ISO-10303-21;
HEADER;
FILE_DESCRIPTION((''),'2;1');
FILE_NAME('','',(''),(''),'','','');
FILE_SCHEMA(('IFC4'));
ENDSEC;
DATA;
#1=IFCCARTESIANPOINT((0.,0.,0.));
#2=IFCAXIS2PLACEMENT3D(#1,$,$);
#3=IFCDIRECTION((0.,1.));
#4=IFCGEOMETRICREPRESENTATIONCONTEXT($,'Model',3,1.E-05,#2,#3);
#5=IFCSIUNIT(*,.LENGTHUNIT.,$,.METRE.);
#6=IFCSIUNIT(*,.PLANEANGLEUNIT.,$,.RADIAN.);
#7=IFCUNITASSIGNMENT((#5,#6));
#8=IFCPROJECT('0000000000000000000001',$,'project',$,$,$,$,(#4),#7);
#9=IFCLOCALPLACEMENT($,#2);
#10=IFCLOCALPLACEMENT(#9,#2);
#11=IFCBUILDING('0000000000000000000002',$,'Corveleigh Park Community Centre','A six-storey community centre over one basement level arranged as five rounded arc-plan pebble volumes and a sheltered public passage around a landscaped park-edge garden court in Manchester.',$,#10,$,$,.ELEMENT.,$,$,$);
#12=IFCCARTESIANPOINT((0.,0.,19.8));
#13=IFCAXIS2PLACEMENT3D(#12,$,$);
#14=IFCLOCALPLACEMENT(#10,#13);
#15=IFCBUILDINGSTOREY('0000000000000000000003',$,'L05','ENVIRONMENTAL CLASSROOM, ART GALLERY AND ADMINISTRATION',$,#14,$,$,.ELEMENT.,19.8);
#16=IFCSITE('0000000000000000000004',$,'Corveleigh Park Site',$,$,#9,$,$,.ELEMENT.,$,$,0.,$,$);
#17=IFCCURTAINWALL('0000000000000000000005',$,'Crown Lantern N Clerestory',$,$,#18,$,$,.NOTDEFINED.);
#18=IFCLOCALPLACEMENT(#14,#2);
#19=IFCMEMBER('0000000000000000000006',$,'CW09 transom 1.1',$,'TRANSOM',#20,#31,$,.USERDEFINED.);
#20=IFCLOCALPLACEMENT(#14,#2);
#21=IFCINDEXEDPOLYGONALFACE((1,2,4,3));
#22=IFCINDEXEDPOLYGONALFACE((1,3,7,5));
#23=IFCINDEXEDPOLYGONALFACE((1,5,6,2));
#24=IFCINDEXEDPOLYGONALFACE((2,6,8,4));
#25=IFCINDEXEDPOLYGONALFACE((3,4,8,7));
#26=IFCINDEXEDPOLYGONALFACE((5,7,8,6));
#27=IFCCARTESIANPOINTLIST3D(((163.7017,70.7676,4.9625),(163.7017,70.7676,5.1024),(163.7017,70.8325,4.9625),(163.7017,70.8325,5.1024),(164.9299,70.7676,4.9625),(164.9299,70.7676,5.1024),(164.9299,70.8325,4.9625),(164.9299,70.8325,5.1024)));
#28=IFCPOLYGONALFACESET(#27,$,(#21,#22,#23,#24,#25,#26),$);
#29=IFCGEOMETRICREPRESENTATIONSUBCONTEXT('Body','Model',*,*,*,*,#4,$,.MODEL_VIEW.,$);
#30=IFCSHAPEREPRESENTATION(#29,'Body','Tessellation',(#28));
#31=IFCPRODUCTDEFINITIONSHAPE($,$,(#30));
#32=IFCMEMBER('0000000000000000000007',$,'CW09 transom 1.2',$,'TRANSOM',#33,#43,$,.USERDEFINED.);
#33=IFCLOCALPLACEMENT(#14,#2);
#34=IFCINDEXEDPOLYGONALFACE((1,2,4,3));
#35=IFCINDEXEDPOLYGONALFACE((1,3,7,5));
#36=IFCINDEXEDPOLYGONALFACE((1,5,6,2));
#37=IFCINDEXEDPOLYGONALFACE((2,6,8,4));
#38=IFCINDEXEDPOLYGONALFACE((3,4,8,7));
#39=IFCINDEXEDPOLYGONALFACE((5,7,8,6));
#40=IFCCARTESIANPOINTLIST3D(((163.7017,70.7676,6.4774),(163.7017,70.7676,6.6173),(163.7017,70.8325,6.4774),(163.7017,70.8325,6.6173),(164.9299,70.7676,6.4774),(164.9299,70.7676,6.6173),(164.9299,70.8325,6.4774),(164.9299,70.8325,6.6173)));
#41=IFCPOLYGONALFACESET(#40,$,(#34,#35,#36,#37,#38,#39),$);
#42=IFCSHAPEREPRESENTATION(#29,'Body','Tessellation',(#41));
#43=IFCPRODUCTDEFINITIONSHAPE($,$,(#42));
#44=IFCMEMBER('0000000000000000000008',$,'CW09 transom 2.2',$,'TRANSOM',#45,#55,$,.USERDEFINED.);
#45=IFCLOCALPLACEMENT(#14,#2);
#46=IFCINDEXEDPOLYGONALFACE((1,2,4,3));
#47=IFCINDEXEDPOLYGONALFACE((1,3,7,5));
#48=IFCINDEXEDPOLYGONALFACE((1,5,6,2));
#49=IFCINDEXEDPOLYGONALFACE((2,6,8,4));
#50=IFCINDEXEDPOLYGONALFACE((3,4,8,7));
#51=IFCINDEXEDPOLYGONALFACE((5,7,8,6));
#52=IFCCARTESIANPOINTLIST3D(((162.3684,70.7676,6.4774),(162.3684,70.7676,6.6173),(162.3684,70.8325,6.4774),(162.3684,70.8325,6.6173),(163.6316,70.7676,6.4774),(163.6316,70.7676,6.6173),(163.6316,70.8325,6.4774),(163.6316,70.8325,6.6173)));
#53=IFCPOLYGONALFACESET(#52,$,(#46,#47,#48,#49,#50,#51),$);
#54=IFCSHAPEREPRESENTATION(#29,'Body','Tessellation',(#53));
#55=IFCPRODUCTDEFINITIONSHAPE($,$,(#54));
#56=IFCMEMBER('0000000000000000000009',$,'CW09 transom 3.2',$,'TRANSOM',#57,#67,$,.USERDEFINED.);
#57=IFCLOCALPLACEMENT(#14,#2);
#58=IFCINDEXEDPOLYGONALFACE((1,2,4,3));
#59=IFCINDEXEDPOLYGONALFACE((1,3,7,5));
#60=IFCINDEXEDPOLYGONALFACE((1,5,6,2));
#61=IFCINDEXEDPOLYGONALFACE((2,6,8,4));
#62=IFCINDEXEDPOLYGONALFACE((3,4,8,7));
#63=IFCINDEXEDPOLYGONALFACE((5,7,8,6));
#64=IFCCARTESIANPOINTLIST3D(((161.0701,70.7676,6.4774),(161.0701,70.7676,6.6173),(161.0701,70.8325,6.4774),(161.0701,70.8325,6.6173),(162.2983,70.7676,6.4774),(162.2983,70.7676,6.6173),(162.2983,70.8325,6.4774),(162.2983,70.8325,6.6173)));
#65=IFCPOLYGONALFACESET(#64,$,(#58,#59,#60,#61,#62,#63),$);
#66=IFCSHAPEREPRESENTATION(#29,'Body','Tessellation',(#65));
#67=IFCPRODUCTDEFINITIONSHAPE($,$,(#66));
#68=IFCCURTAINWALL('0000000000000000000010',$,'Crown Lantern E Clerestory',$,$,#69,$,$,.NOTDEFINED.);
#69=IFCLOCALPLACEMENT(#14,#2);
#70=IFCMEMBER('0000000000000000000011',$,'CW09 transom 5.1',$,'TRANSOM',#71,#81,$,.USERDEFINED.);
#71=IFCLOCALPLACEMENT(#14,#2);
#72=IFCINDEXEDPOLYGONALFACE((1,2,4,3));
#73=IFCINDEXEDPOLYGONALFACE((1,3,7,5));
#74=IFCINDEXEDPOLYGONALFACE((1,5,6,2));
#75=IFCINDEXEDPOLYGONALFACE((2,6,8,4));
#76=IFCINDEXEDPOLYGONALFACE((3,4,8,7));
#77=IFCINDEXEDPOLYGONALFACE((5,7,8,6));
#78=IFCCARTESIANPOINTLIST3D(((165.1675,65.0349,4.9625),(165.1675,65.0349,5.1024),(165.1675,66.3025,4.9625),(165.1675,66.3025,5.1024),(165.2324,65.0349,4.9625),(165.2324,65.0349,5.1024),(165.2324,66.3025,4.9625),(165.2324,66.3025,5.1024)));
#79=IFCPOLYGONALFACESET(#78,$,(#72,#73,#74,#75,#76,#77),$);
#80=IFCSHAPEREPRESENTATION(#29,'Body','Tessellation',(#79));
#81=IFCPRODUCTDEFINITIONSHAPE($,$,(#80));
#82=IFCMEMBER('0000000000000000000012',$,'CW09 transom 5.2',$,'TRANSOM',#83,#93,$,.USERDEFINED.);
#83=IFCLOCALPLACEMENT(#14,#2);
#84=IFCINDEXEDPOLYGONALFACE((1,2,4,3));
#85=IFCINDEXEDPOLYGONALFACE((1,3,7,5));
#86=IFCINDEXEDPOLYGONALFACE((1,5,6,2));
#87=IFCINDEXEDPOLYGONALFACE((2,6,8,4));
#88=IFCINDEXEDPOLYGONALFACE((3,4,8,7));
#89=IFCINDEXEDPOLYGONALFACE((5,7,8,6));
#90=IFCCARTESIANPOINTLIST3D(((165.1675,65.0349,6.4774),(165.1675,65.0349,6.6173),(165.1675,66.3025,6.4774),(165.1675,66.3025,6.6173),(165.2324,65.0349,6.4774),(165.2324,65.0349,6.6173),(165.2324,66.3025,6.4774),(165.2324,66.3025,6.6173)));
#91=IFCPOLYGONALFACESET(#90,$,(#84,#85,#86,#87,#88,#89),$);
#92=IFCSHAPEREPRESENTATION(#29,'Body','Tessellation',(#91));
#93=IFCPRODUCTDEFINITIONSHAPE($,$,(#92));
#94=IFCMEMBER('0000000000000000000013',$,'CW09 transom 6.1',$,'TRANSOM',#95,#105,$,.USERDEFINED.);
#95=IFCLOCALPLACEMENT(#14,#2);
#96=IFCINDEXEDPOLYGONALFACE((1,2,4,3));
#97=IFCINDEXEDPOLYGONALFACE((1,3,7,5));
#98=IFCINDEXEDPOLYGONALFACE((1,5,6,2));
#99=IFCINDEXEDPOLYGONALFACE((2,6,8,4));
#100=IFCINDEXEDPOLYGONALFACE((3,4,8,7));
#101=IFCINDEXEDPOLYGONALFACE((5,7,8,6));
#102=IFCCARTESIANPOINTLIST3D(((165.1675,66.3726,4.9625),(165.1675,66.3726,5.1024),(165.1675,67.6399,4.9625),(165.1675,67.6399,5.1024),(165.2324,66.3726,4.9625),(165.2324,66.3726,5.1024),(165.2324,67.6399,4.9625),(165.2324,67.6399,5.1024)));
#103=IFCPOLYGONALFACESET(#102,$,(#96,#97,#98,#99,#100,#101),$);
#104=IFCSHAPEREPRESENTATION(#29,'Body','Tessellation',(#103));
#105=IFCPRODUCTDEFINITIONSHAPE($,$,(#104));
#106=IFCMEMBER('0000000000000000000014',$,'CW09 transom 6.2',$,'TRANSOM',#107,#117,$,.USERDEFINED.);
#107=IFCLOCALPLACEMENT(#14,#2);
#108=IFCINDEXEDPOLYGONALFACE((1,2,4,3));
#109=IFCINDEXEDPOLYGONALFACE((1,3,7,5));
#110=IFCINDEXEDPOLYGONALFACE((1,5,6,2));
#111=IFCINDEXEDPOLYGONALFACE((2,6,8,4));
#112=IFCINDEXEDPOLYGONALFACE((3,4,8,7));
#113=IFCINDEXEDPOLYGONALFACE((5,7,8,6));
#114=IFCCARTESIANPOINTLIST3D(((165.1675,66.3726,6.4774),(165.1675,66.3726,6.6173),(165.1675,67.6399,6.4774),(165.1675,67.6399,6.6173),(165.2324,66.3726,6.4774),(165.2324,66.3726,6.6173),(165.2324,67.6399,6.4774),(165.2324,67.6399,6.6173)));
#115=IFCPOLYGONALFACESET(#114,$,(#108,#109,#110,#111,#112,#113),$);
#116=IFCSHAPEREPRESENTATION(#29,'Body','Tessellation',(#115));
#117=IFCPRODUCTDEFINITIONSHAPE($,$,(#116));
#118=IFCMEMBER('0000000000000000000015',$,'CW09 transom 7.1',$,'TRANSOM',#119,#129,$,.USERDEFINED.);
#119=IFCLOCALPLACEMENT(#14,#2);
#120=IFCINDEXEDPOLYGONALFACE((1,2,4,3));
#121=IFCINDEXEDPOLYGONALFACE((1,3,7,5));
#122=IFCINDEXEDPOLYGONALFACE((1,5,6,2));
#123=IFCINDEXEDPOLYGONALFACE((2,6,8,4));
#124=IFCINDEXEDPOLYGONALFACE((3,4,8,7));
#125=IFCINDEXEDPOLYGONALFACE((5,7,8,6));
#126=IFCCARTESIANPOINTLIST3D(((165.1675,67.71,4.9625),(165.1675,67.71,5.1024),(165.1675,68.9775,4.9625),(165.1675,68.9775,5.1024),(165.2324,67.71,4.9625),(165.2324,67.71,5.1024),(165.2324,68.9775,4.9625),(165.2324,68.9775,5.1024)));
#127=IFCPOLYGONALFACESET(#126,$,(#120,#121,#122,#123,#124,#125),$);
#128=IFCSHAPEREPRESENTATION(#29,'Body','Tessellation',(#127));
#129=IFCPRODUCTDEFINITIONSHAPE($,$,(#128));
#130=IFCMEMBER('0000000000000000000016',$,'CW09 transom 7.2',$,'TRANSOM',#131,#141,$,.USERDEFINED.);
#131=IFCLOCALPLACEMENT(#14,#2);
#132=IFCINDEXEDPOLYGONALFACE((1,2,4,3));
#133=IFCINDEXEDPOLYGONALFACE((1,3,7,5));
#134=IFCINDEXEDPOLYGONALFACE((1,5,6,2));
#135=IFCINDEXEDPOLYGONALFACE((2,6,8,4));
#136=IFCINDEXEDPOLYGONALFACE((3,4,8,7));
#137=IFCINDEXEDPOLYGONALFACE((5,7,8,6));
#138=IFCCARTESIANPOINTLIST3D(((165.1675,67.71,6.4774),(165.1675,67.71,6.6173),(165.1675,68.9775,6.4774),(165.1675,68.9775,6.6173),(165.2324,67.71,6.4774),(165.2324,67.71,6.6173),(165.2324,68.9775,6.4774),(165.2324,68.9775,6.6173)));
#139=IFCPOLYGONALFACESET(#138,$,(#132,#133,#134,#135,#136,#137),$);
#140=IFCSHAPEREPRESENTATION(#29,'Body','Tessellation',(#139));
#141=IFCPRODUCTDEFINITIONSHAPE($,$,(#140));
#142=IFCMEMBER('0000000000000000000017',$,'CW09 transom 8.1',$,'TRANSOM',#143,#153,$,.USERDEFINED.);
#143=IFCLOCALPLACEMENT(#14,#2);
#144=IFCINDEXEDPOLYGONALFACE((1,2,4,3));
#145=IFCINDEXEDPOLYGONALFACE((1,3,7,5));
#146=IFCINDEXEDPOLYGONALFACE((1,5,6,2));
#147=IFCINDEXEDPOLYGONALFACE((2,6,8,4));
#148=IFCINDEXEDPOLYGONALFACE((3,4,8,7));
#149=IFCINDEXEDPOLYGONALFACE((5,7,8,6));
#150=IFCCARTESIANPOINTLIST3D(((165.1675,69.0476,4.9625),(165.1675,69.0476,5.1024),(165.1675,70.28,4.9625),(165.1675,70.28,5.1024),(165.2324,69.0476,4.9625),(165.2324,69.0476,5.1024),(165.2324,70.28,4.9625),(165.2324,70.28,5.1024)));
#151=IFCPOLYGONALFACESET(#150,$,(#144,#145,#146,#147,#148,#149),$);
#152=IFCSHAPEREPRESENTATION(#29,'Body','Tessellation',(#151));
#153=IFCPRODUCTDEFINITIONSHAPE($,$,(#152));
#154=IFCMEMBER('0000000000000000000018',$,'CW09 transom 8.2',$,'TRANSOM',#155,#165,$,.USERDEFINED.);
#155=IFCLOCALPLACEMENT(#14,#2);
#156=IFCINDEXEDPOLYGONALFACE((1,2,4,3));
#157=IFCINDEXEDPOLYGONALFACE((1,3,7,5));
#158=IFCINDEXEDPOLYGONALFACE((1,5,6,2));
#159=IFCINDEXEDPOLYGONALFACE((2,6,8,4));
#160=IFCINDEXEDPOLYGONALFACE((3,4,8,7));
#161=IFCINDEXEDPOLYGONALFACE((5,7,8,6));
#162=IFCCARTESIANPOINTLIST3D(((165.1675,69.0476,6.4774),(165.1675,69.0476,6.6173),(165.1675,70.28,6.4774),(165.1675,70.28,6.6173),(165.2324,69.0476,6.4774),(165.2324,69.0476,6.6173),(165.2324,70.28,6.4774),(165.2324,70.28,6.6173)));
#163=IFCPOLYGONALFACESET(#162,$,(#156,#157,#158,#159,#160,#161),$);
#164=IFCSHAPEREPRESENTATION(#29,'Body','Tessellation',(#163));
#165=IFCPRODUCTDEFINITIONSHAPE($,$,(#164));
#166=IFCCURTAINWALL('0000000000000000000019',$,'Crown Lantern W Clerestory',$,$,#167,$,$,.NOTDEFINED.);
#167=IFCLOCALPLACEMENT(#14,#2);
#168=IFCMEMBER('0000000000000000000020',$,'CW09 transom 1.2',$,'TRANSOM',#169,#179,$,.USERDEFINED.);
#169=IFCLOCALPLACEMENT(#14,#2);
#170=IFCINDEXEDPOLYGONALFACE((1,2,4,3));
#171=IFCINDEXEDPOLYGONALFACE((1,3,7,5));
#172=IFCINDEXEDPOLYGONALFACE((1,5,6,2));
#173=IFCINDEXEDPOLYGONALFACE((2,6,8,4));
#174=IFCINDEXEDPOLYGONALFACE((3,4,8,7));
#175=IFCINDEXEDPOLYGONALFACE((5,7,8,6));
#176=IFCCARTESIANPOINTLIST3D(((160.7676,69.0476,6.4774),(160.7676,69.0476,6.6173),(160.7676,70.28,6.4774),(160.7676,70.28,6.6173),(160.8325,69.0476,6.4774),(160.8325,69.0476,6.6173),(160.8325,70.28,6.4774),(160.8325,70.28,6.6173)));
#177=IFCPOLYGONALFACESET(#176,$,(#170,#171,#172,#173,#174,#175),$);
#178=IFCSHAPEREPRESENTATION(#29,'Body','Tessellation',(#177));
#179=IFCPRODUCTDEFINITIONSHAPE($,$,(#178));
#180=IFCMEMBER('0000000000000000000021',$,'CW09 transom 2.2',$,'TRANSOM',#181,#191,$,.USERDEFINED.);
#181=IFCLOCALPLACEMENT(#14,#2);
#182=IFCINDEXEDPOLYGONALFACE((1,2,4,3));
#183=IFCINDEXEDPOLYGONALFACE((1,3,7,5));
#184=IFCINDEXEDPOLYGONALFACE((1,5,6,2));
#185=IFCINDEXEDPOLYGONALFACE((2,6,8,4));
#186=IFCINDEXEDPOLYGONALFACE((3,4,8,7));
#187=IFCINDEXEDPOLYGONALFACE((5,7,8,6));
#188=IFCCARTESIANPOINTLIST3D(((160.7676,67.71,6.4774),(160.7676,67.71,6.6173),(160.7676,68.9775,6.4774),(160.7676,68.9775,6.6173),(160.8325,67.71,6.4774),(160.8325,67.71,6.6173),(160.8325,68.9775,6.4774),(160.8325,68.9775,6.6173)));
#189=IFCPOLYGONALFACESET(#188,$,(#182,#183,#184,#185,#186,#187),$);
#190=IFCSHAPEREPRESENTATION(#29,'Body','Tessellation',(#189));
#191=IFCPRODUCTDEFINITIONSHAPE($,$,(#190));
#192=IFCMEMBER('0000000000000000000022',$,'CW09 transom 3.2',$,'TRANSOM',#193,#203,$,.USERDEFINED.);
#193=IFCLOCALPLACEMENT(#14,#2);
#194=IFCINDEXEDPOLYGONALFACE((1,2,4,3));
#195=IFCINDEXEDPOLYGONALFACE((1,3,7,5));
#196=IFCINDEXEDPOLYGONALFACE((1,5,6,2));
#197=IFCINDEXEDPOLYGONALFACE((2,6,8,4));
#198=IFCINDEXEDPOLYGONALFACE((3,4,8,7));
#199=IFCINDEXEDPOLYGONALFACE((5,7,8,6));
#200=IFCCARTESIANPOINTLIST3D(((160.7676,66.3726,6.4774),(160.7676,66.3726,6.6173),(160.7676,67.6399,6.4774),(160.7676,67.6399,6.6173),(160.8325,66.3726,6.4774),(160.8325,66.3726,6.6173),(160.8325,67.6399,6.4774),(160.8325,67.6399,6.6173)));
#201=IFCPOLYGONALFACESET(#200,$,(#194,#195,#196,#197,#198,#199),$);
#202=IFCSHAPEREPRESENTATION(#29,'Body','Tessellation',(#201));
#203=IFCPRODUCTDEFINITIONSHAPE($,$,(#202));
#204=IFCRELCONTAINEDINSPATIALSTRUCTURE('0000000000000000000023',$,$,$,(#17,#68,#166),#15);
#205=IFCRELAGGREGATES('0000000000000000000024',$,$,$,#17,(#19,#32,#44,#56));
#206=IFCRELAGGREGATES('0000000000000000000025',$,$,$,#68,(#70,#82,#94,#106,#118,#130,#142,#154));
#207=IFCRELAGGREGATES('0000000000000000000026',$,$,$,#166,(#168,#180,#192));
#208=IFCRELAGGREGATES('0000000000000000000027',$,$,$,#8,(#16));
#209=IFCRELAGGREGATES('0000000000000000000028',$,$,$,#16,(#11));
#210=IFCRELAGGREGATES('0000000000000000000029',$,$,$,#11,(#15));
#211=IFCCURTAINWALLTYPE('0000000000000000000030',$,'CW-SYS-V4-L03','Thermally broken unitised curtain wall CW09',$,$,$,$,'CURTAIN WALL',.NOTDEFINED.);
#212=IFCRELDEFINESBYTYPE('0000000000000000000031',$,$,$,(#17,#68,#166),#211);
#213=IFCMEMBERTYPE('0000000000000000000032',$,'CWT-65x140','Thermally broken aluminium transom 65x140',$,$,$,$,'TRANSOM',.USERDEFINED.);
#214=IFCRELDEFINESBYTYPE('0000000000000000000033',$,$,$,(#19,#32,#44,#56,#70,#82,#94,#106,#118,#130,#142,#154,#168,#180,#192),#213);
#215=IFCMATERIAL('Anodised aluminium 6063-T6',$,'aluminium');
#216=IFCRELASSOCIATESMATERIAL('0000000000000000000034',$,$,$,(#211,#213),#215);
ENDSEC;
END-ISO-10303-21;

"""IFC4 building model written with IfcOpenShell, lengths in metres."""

from ifc_helpers import new_model, si_unit, direction, frame, origin, origin_2d, place, context, subcontext, project, spatial, rectangle, extrude, material, material_profile, profile_set, type_object, element, aggregate, save


model = new_model("IFC4")

# Units and contexts
model_context = context("Model", 3, precision=1e-05, world=origin(), true_north=direction((0.0, 1.0)))
body_context = subcontext(model_context, "Body", "Model", "MODEL_VIEW")
ifc_project = project(units=[si_unit("LENGTHUNIT", "METRE"), si_unit("PLANEANGLEUNIT", "RADIAN")], contexts=[model_context])

# Site, building, storey
site_placement = place(None, origin())
site = spatial("IfcSite", under=ifc_project, at=site_placement, Name="Corveleigh Park Site", CompositionType="ELEMENT", RefElevation=0.0)
building_placement = place(site_placement, origin())
building = spatial("IfcBuilding", under=site, at=building_placement, Name="Corveleigh Park Community Centre", Description="A six-storey community centre over one basement level arranged as five rounded arc-plan pebble volumes and a sheltered public passage around a landscaped park-edge garden court in Manchester.", CompositionType="ELEMENT")
storey_placement = place(building_placement, frame((0.0, 0.0, 19.8)))
storey = spatial("IfcBuildingStorey", under=building, at=storey_placement, Name="L05", Description="ENVIRONMENTAL CLASSROOM, ART GALLERY AND ADMINISTRATION", CompositionType="ELEMENT", Elevation=19.8)

# Curtain walls, members
ifc_material_1 = material(Name="Anodised aluminium 6063-T6", Category="aluminium")
curtain_wall_type = type_object("IfcCurtainWallType", Name="CW-SYS-V4-L03", Description="Thermally broken unitised curtain wall CW09", ElementType="CURTAIN WALL", PredefinedType="NOTDEFINED", material=ifc_material_1)
curtain_wall_1_placement = place(storey_placement, origin())
curtain_wall_1 = element("IfcCurtainWall", 1, at=curtain_wall_1_placement, inside=storey, type_object=curtain_wall_type, Name="Crown Lantern N Clerestory", PredefinedType="NOTDEFINED")
ifc_material_profile = material_profile(ifc_material_1, rectangle(XDim=0.0649, YDim=0.1399, at=origin_2d()), Name="ALU-T65x140", Category="aluminium")
ifc_profile_set = profile_set([ifc_material_profile], Name="Anodised aluminium 6063-T6")
member_type = type_object("IfcMemberType", Name="CWT-65x140", Description="Thermally broken aluminium transom 65x140", ElementType="TRANSOM", PredefinedType="USERDEFINED", material=ifc_profile_set)
member_1_placement = place(storey_placement, frame((164.9299, 70.8, 5.0325), z_axis=(-1.0, 0.0, 0.0), x_axis=(0.0, -1.0, 0.0)))
member_1 = element("IfcMember", 2, at=member_1_placement, type_object=member_type, Name="CW09 transom 1.1", ObjectType="TRANSOM", PredefinedType="USERDEFINED", context=body_context, shape_type="SweptSolid", body=[
    extrude(rectangle(XDim=0.0649, YDim=0.1399, at=origin_2d()), origin(), (0.0, 0.0, 1.0), 1.2283),
])
member_2_placement = place(storey_placement, frame((164.9299, 70.8, 6.5474), z_axis=(-1.0, 0.0, 0.0), x_axis=(0.0, -1.0, 0.0)))
member_2 = element("IfcMember", 3, at=member_2_placement, type_object=member_type, Name="CW09 transom 1.2", ObjectType="TRANSOM", PredefinedType="USERDEFINED", context=body_context, shape_type="SweptSolid", body=[
    extrude(rectangle(XDim=0.0649, YDim=0.1399, at=origin_2d()), origin(), (0.0, 0.0, 1.0), 1.2283),
])
member_3_placement = place(storey_placement, frame((163.6316, 70.8, 6.5474), z_axis=(-1.0, 0.0, 0.0), x_axis=(0.0, -1.0, 0.0)))
member_3 = element("IfcMember", 4, at=member_3_placement, type_object=member_type, Name="CW09 transom 2.2", ObjectType="TRANSOM", PredefinedType="USERDEFINED", context=body_context, shape_type="SweptSolid", body=[
    extrude(rectangle(XDim=0.0649, YDim=0.1399, at=origin_2d()), origin(), (0.0, 0.0, 1.0), 1.2632),
])
member_4_placement = place(storey_placement, frame((162.2983, 70.8, 6.5474), z_axis=(-1.0, 0.0, 0.0), x_axis=(0.0, -1.0, 0.0)))
member_4 = element("IfcMember", 5, at=member_4_placement, type_object=member_type, Name="CW09 transom 3.2", ObjectType="TRANSOM", PredefinedType="USERDEFINED", context=body_context, shape_type="SweptSolid", body=[
    extrude(rectangle(XDim=0.0649, YDim=0.1399, at=origin_2d()), origin(), (0.0, 0.0, 1.0), 1.2283),
])
curtain_wall_2_placement = place(storey_placement, origin())
curtain_wall_2 = element("IfcCurtainWall", 6, at=curtain_wall_2_placement, inside=storey, type_object=curtain_wall_type, Name="Crown Lantern E Clerestory", PredefinedType="NOTDEFINED")
member_5_placement = place(storey_placement, frame((165.2, 65.0349, 5.0325), z_axis=(0.0, 1.0, 0.0), x_axis=(-1.0, 0.0, 0.0)))
member_5 = element("IfcMember", 7, at=member_5_placement, type_object=member_type, Name="CW09 transom 5.1", ObjectType="TRANSOM", PredefinedType="USERDEFINED", context=body_context, shape_type="SweptSolid", body=[
    extrude(rectangle(XDim=0.0649, YDim=0.1399, at=origin_2d()), origin(), (0.0, 0.0, 1.0), 1.2676),
])
member_6_placement = place(storey_placement, frame((165.2, 65.0349, 6.5474), z_axis=(0.0, 1.0, 0.0), x_axis=(-1.0, 0.0, 0.0)))
member_6 = element("IfcMember", 8, at=member_6_placement, type_object=member_type, Name="CW09 transom 5.2", ObjectType="TRANSOM", PredefinedType="USERDEFINED", context=body_context, shape_type="SweptSolid", body=[
    extrude(rectangle(XDim=0.0649, YDim=0.1399, at=origin_2d()), origin(), (0.0, 0.0, 1.0), 1.2676),
])
member_7_placement = place(storey_placement, frame((165.2, 66.3726, 5.0325), z_axis=(0.0, 1.0, 0.0), x_axis=(-1.0, 0.0, 0.0)))
member_7 = element("IfcMember", 9, at=member_7_placement, type_object=member_type, Name="CW09 transom 6.1", ObjectType="TRANSOM", PredefinedType="USERDEFINED", context=body_context, shape_type="SweptSolid", body=[
    extrude(rectangle(XDim=0.0649, YDim=0.1399, at=origin_2d()), origin(), (0.0, 0.0, 1.0), 1.2673),
])
member_8_placement = place(storey_placement, frame((165.2, 66.3726, 6.5474), z_axis=(0.0, 1.0, 0.0), x_axis=(-1.0, 0.0, 0.0)))
member_8 = element("IfcMember", 10, at=member_8_placement, type_object=member_type, Name="CW09 transom 6.2", ObjectType="TRANSOM", PredefinedType="USERDEFINED", context=body_context, shape_type="SweptSolid", body=[
    extrude(rectangle(XDim=0.0649, YDim=0.1399, at=origin_2d()), origin(), (0.0, 0.0, 1.0), 1.2673),
])
member_9_placement = place(storey_placement, frame((165.2, 67.71, 5.0325), z_axis=(0.0, 1.0, 0.0), x_axis=(-1.0, 0.0, 0.0)))
member_9 = element("IfcMember", 11, at=member_9_placement, type_object=member_type, Name="CW09 transom 7.1", ObjectType="TRANSOM", PredefinedType="USERDEFINED", context=body_context, shape_type="SweptSolid", body=[
    extrude(rectangle(XDim=0.0649, YDim=0.1399, at=origin_2d()), origin(), (0.0, 0.0, 1.0), 1.2676),
])
member_10_placement = place(storey_placement, frame((165.2, 67.71, 6.5474), z_axis=(0.0, 1.0, 0.0), x_axis=(-1.0, 0.0, 0.0)))
member_10 = element("IfcMember", 12, at=member_10_placement, type_object=member_type, Name="CW09 transom 7.2", ObjectType="TRANSOM", PredefinedType="USERDEFINED", context=body_context, shape_type="SweptSolid", body=[
    extrude(rectangle(XDim=0.0649, YDim=0.1399, at=origin_2d()), origin(), (0.0, 0.0, 1.0), 1.2676),
])
member_11_placement = place(storey_placement, frame((165.2, 69.0476, 5.0325), z_axis=(0.0, 1.0, 0.0), x_axis=(-1.0, 0.0, 0.0)))
member_11 = element("IfcMember", 13, at=member_11_placement, type_object=member_type, Name="CW09 transom 8.1", ObjectType="TRANSOM", PredefinedType="USERDEFINED", context=body_context, shape_type="SweptSolid", body=[
    extrude(rectangle(XDim=0.0649, YDim=0.1399, at=origin_2d()), origin(), (0.0, 0.0, 1.0), 1.2324),
])
member_12_placement = place(storey_placement, frame((165.2, 69.0476, 6.5474), z_axis=(0.0, 1.0, 0.0), x_axis=(-1.0, 0.0, 0.0)))
member_12 = element("IfcMember", 14, at=member_12_placement, type_object=member_type, Name="CW09 transom 8.2", ObjectType="TRANSOM", PredefinedType="USERDEFINED", context=body_context, shape_type="SweptSolid", body=[
    extrude(rectangle(XDim=0.0649, YDim=0.1399, at=origin_2d()), origin(), (0.0, 0.0, 1.0), 1.2324),
])
curtain_wall_3_placement = place(storey_placement, origin())
curtain_wall_3 = element("IfcCurtainWall", 15, at=curtain_wall_3_placement, inside=storey, type_object=curtain_wall_type, Name="Crown Lantern W Clerestory", PredefinedType="NOTDEFINED")
member_13_placement = place(storey_placement, frame((160.8, 70.28, 6.5474), z_axis=(0.0, -1.0, 0.0), x_axis=(1.0, 0.0, 0.0)))
member_13 = element("IfcMember", 16, at=member_13_placement, type_object=member_type, Name="CW09 transom 1.2", ObjectType="TRANSOM", PredefinedType="USERDEFINED", context=body_context, shape_type="SweptSolid", body=[
    extrude(rectangle(XDim=0.0649, YDim=0.1399, at=origin_2d()), origin(), (0.0, 0.0, 1.0), 1.2324),
])
member_14_placement = place(storey_placement, frame((160.8, 68.9775, 6.5474), z_axis=(0.0, -1.0, 0.0), x_axis=(1.0, 0.0, 0.0)))
member_14 = element("IfcMember", 17, at=member_14_placement, type_object=member_type, Name="CW09 transom 2.2", ObjectType="TRANSOM", PredefinedType="USERDEFINED", context=body_context, shape_type="SweptSolid", body=[
    extrude(rectangle(XDim=0.0649, YDim=0.1399, at=origin_2d()), origin(), (0.0, 0.0, 1.0), 1.2676),
])
member_15_placement = place(storey_placement, frame((160.8, 67.6399, 6.5474), z_axis=(0.0, -1.0, 0.0), x_axis=(1.0, 0.0, 0.0)))
member_15 = element("IfcMember", 18, at=member_15_placement, type_object=member_type, Name="CW09 transom 3.2", ObjectType="TRANSOM", PredefinedType="USERDEFINED", context=body_context, shape_type="SweptSolid", body=[
    extrude(rectangle(XDim=0.0649, YDim=0.1399, at=origin_2d()), origin(), (0.0, 0.0, 1.0), 1.2673),
])

aggregate(curtain_wall_1, [member_1, member_2, member_3, member_4])
aggregate(curtain_wall_2, [member_5, member_6, member_7, member_8, member_9, member_10, member_11, member_12])
aggregate(curtain_wall_3, [member_13, member_14, member_15])

save(model, "model.ifc")
